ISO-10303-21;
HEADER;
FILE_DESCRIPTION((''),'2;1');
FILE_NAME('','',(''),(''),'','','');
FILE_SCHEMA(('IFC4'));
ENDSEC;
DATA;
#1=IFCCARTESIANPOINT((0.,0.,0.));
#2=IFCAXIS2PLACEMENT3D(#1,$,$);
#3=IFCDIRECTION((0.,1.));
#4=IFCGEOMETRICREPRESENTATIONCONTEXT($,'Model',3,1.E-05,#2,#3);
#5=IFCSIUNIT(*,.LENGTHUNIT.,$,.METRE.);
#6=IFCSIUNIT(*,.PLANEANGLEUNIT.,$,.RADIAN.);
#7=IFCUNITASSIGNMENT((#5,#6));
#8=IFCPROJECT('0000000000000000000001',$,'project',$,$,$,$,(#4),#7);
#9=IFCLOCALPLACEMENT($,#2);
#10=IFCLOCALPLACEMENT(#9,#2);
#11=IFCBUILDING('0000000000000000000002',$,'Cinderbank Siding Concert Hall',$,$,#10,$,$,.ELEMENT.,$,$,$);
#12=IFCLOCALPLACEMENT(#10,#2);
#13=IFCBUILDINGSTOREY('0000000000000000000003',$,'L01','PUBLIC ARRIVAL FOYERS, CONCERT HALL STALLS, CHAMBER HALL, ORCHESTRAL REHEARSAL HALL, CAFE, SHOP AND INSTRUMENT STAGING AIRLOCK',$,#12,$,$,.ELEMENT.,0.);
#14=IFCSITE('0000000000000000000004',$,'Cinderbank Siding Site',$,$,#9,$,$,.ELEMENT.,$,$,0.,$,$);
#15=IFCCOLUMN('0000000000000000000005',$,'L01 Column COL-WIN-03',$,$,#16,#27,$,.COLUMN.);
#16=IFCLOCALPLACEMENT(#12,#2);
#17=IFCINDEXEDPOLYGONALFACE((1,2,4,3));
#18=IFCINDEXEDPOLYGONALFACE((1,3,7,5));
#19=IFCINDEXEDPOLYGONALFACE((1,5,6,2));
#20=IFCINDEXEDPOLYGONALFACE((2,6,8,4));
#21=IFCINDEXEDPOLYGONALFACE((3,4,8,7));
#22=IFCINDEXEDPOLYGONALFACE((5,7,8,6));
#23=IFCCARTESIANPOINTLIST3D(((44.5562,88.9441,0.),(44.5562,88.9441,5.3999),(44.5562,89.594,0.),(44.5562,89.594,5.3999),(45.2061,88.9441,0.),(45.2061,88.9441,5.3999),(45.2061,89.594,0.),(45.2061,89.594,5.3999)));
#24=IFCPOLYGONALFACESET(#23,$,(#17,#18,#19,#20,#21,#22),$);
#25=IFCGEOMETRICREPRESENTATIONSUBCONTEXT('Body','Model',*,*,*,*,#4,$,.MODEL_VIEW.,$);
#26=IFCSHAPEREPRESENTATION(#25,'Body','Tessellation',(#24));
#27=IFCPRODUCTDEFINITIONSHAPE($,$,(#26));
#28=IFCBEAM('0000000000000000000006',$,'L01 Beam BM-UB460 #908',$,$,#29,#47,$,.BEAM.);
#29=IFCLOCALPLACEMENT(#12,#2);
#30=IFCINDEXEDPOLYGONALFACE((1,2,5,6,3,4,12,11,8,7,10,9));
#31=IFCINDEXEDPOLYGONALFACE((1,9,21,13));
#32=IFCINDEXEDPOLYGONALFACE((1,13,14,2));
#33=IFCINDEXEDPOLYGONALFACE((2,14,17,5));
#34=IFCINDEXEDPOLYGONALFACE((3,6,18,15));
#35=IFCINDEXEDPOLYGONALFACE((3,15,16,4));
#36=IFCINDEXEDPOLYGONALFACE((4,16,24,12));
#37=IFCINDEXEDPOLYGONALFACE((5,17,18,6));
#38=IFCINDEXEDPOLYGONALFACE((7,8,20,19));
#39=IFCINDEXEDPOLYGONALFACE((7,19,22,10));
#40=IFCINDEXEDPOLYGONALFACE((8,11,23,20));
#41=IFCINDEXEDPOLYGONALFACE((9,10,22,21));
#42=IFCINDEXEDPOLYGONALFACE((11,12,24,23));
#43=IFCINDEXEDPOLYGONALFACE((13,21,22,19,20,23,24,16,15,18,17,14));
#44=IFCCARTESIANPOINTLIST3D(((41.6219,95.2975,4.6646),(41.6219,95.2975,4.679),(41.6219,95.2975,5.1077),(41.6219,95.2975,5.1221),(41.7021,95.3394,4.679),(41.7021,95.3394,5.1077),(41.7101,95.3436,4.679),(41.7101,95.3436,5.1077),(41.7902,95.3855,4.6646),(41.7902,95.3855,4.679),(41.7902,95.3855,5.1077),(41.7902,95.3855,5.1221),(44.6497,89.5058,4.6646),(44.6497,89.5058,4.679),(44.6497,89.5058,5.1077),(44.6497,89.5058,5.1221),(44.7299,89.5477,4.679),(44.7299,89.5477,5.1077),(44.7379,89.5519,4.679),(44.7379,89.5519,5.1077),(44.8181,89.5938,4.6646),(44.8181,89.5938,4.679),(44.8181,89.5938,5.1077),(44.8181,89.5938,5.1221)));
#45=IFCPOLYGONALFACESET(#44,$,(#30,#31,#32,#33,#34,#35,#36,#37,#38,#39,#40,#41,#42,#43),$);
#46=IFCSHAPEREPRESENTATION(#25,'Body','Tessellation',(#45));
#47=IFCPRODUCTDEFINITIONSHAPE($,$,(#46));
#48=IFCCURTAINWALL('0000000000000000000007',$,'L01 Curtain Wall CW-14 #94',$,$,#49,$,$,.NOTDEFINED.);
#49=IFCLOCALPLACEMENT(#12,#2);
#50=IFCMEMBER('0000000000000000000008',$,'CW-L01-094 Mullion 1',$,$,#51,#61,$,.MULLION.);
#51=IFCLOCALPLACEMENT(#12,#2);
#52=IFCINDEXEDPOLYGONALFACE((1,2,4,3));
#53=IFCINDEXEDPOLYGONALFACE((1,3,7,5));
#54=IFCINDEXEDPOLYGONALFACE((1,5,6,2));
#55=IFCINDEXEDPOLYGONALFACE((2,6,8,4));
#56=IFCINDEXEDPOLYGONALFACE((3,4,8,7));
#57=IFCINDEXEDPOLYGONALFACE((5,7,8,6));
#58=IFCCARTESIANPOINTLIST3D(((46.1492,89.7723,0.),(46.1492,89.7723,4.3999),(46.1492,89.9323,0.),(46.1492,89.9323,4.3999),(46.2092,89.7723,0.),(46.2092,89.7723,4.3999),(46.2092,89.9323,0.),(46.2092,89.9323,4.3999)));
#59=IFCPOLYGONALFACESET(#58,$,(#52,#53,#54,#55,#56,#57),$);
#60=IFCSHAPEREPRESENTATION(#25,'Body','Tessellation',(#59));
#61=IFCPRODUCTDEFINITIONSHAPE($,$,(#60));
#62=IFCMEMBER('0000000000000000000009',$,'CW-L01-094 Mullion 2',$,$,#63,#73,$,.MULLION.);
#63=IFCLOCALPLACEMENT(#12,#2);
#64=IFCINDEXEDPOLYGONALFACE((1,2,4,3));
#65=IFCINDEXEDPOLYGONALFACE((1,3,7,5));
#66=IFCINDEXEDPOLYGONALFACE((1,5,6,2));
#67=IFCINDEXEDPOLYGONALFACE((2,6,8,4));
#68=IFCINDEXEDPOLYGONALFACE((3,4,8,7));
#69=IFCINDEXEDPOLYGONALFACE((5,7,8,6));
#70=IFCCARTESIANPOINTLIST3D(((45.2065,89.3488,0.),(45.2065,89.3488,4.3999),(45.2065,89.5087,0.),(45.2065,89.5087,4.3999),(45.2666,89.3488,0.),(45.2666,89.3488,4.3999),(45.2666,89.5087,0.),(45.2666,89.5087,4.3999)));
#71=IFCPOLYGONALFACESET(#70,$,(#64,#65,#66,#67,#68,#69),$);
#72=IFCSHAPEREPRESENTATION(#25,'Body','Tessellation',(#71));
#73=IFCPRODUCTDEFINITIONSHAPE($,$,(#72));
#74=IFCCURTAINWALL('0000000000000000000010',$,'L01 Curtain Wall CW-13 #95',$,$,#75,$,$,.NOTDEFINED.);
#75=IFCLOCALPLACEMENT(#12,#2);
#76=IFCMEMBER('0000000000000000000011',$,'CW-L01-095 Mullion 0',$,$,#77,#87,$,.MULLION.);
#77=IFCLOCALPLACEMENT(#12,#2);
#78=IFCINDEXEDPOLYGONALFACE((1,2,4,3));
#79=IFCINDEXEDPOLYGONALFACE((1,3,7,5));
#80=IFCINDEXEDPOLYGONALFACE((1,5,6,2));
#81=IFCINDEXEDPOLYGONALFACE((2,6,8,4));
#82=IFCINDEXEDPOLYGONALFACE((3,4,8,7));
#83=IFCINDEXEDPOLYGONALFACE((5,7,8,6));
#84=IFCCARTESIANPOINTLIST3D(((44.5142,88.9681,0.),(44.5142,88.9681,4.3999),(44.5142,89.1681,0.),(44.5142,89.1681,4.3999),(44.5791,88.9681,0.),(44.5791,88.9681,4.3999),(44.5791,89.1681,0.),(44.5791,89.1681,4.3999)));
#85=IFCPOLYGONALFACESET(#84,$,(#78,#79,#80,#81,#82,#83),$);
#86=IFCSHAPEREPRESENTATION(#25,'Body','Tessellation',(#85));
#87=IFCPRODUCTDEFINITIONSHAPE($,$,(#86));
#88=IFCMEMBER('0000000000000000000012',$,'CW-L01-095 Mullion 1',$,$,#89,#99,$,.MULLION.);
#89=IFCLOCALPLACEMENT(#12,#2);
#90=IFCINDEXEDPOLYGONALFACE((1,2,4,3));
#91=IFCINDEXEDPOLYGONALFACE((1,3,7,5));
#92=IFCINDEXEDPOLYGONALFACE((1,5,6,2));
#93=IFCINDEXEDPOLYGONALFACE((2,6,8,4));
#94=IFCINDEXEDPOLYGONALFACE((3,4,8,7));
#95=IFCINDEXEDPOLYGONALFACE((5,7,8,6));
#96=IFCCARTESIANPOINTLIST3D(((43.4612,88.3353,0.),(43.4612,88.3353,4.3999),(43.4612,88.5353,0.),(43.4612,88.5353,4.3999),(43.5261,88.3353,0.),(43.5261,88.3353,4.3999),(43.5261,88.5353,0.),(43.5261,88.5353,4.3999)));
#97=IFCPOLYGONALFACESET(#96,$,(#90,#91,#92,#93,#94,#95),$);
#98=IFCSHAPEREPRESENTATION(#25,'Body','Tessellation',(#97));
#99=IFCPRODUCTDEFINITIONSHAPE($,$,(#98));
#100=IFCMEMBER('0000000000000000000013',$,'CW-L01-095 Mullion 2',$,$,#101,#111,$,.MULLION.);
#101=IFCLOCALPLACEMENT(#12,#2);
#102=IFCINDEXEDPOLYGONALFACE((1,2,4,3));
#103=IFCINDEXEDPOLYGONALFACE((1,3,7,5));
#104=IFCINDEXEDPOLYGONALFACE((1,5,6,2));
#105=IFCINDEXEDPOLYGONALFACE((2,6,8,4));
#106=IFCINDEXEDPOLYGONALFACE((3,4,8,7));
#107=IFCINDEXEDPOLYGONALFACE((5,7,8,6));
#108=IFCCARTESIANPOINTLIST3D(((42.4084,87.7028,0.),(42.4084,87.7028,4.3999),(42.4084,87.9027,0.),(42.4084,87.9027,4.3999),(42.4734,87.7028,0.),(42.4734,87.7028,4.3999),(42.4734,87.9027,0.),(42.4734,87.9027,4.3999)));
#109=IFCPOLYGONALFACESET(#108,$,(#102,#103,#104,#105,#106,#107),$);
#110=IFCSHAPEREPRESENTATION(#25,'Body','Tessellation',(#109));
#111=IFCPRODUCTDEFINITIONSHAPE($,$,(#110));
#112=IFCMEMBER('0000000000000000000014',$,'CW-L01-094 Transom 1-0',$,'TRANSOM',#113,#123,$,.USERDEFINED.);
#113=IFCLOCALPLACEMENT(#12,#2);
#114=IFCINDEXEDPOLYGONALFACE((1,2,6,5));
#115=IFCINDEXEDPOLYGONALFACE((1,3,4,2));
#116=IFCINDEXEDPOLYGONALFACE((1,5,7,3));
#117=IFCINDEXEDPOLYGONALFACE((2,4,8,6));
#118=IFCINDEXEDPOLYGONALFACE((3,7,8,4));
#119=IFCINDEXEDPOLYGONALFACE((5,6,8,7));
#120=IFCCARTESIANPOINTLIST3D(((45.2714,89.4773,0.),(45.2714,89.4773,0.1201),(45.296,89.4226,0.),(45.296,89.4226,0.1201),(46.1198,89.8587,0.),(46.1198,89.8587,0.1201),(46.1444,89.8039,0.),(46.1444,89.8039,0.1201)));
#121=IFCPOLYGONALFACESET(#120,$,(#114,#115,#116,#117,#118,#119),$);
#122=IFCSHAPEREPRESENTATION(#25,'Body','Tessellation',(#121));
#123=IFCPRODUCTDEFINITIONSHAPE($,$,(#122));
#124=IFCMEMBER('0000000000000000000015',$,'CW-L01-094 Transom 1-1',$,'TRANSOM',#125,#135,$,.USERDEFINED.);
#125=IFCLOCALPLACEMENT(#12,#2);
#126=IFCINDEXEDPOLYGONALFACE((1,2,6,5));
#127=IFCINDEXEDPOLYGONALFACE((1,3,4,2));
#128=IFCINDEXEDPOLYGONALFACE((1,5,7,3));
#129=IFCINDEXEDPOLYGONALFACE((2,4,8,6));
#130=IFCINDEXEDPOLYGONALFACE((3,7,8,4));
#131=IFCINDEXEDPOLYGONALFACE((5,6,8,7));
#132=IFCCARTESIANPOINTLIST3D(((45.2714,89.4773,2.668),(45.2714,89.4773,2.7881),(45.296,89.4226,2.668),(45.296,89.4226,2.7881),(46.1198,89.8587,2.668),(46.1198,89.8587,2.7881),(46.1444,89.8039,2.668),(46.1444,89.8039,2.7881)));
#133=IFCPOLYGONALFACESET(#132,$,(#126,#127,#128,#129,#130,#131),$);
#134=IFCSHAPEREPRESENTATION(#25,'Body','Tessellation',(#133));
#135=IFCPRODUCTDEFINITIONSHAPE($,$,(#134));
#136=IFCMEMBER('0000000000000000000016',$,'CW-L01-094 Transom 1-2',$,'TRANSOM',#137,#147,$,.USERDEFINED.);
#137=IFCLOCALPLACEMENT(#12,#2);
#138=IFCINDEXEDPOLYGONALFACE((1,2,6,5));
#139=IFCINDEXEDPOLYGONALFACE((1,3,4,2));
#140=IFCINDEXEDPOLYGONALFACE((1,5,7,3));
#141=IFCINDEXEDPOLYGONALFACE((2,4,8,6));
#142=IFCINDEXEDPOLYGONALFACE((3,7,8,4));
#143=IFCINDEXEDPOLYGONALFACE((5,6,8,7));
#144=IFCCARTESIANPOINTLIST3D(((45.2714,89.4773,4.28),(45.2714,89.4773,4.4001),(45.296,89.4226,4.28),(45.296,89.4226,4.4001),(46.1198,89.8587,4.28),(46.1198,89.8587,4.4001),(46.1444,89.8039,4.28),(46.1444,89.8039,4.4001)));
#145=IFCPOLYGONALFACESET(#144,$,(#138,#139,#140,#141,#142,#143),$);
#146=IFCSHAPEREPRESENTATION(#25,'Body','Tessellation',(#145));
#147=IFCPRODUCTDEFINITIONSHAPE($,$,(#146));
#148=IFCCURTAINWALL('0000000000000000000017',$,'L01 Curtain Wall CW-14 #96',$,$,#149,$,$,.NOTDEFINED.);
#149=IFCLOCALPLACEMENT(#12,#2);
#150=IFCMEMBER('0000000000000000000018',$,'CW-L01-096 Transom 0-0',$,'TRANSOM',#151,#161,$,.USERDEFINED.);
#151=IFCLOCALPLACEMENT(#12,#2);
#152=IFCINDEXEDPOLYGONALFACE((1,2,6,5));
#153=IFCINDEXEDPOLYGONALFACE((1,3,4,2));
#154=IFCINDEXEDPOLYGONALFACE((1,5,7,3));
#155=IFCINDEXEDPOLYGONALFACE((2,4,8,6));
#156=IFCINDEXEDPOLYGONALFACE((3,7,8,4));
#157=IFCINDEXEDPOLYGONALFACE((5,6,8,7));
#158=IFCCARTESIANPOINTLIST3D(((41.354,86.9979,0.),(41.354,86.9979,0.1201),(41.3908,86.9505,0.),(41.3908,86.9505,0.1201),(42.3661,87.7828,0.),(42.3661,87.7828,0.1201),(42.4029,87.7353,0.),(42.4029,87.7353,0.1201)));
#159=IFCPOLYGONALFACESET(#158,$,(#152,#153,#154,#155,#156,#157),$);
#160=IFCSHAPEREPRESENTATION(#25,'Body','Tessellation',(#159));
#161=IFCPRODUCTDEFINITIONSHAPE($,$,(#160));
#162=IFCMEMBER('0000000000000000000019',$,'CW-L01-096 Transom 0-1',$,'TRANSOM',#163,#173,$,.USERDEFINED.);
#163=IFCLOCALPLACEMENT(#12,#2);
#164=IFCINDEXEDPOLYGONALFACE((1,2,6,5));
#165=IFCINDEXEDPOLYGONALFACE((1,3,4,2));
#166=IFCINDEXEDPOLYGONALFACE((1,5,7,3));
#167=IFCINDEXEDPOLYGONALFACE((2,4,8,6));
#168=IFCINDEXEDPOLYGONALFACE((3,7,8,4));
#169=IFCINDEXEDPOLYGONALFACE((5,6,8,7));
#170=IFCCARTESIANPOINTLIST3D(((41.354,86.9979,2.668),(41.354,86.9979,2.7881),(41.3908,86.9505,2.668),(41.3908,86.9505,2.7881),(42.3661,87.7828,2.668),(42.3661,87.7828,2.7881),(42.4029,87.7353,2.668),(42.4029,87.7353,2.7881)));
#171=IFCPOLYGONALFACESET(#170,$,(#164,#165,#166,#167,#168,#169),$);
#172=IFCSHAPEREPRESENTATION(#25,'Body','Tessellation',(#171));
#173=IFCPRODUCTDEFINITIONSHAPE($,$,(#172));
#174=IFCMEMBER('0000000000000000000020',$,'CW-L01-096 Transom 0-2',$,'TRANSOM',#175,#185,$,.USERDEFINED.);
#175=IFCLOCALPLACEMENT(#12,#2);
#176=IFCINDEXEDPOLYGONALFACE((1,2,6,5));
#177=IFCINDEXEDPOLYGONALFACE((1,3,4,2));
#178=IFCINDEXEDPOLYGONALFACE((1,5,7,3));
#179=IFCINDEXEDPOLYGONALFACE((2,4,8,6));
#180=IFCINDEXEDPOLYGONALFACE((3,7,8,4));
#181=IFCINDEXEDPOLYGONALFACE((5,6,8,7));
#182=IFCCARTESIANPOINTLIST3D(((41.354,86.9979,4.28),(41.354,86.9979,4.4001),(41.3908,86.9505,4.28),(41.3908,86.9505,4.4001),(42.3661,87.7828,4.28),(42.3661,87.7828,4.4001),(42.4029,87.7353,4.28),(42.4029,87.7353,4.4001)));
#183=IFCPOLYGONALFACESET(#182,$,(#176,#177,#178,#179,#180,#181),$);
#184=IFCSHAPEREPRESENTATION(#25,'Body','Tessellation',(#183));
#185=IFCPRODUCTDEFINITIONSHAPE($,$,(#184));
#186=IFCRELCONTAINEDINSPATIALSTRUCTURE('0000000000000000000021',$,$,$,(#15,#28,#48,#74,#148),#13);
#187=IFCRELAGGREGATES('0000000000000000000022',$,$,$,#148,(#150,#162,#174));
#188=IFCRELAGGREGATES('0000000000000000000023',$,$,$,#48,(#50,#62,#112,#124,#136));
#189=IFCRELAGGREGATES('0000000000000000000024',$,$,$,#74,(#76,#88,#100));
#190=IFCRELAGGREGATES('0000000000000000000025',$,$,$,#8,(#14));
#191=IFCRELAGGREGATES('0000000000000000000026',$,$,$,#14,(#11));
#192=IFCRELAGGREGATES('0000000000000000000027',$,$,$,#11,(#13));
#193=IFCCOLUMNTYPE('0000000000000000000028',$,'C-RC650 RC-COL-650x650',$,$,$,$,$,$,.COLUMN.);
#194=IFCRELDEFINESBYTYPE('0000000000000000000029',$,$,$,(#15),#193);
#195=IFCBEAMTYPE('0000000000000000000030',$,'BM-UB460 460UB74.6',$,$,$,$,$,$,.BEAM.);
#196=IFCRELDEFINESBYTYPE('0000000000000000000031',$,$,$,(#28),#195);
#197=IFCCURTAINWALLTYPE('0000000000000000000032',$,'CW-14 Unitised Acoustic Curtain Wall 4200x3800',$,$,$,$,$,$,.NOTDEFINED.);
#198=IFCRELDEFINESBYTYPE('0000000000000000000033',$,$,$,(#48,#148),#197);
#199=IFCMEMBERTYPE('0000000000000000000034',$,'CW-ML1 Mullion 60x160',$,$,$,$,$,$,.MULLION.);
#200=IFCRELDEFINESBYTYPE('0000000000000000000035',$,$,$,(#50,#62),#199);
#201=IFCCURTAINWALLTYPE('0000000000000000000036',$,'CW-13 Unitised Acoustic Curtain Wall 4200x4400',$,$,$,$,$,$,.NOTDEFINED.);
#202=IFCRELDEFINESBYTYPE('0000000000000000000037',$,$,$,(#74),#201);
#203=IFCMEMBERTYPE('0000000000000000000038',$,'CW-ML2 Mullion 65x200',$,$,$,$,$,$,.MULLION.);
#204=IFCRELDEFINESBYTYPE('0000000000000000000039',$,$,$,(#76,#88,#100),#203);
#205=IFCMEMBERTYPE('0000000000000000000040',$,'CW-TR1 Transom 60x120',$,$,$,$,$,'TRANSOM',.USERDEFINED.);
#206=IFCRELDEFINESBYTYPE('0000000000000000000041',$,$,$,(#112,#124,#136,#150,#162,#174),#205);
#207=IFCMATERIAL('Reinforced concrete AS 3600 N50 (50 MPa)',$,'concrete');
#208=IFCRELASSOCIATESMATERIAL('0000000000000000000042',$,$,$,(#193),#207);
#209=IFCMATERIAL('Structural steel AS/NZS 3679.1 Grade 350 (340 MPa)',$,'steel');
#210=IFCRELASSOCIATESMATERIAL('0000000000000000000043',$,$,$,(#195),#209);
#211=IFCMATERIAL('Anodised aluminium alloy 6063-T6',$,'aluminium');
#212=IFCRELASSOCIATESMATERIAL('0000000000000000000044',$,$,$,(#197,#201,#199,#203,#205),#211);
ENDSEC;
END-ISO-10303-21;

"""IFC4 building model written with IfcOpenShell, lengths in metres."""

from ifc_helpers import new_model, si_unit, direction, frame, origin, origin_2d, place, context, subcontext, project, spatial, rectangle, i_section, extrude, material, material_profile, profile_set, type_object, element, aggregate, save


model = new_model("IFC4")

# Units and contexts
model_context = context("Model", 3, precision=1e-05, world=origin(), true_north=direction((0.0, 1.0)))
body_context = subcontext(model_context, "Body", "Model", "MODEL_VIEW")
ifc_project = project(units=[si_unit("LENGTHUNIT", "METRE"), si_unit("PLANEANGLEUNIT", "RADIAN")], contexts=[model_context])

# Site, building, storey
site_placement = place(None, origin())
site = spatial("IfcSite", under=ifc_project, at=site_placement, Name="Cinderbank Siding Site", CompositionType="ELEMENT", RefElevation=0.0)
building_placement = place(site_placement, origin())
building = spatial("IfcBuilding", under=site, at=building_placement, Name="Cinderbank Siding Concert Hall", CompositionType="ELEMENT")
storey_placement = place(building_placement, origin())
storey = spatial("IfcBuildingStorey", under=building, at=storey_placement, Name="L01", Description="PUBLIC ARRIVAL FOYERS, CONCERT HALL STALLS, CHAMBER HALL, ORCHESTRAL REHEARSAL HALL, CAFE, SHOP AND INSTRUMENT STAGING AIRLOCK", CompositionType="ELEMENT", Elevation=0.0)

# Column
ifc_material_1 = material(Name="Reinforced concrete AS 3600 N50 (50 MPa)", Category="concrete")
ifc_material_profile_1 = material_profile(ifc_material_1, rectangle(XDim=0.6499, YDim=0.6499, at=origin_2d()), Name="RC-COL-650x650", Category="LoadBearing")
ifc_profile_set_1 = profile_set([ifc_material_profile_1], Name="Reinforced concrete AS 3600 N50 (50 MPa)")
column_type = type_object("IfcColumnType", Name="C-RC650 RC-COL-650x650", PredefinedType="COLUMN", material=ifc_profile_set_1)
column_placement = place(storey_placement, frame((44.8811, 89.269, 0.0), z_axis=(0.0, 0.0, 1.0), x_axis=(1.0, 0.0, 0.0)))
element("IfcColumn", 1, at=column_placement, inside=storey, type_object=column_type, Name="L01 Column COL-WIN-03", PredefinedType="COLUMN", context=body_context, shape_type="SweptSolid", body=[
    extrude(rectangle(XDim=0.6499, YDim=0.6499, at=origin_2d()), origin(), (0.0, 0.0, 1.0), 5.3999),
])

# Beam
ifc_material_2 = material(Name="Structural steel AS/NZS 3679.1 Grade 350 (340 MPa)", Category="steel")
ifc_material_profile_2 = material_profile(ifc_material_2, i_section(OverallWidth=0.1899, OverallDepth=0.4575, WebThickness=0.009, FlangeThickness=0.0144, at=origin_2d()), Name="460UB74.6", Category="LoadBearing")
ifc_profile_set_2 = profile_set([ifc_material_profile_2], Name="Structural steel AS/NZS 3679.1 Grade 350 (340 MPa)")
beam_type = type_object("IfcBeamType", Name="BM-UB460 460UB74.6", PredefinedType="BEAM", material=ifc_profile_set_2)
beam_placement = place(storey_placement, frame((44.7339, 89.5498, 4.8933), z_axis=(-0.463294, 0.886205, 0.0), x_axis=(-0.886205, -0.463294, 0.0)))
element("IfcBeam", 2, at=beam_placement, inside=storey, type_object=beam_type, Name="L01 Beam BM-UB460 #908", PredefinedType="BEAM", context=body_context, shape_type="SweptSolid", body=[
    extrude(i_section(OverallWidth=0.1899, OverallDepth=0.4575, WebThickness=0.009, FlangeThickness=0.0144, at=origin_2d()), origin(), (0.0, 0.0, 1.0), 6.5354),
])

# Curtain walls, members
ifc_material_3 = material(Name="Anodised aluminium alloy 6063-T6", Category="aluminium")
curtain_wall_type_1 = type_object("IfcCurtainWallType", Name="CW-14 Unitised Acoustic Curtain Wall 4200x3800", PredefinedType="NOTDEFINED", material=ifc_material_3)
curtain_wall_1_placement = place(storey_placement, origin())
curtain_wall_1 = element("IfcCurtainWall", 3, at=curtain_wall_1_placement, inside=storey, type_object=curtain_wall_type_1, Name="L01 Curtain Wall CW-14 #94", PredefinedType="NOTDEFINED")
ifc_material_profile_3 = material_profile(ifc_material_3, rectangle(XDim=0.0601, YDim=0.1599, at=origin_2d()), Name="ALU-MULL-60x160", Category="LoadBearing")
ifc_profile_set_3 = profile_set([ifc_material_profile_3], Name="Anodised aluminium alloy 6063-T6")
member_type_1 = type_object("IfcMemberType", Name="CW-ML1 Mullion 60x160", PredefinedType="MULLION", material=ifc_profile_set_3)
member_1_placement = place(storey_placement, frame((46.1792, 89.8523, 0.0), z_axis=(0.0, 0.0, 1.0), x_axis=(1.0, 0.0, 0.0)))
member_1 = element("IfcMember", 4, at=member_1_placement, type_object=member_type_1, Name="CW-L01-094 Mullion 1", PredefinedType="MULLION", context=body_context, shape_type="SweptSolid", body=[
    extrude(rectangle(XDim=0.0601, YDim=0.1599, at=origin_2d()), origin(), (0.0, 0.0, 1.0), 4.3999),
])
member_2_placement = place(storey_placement, frame((45.2366, 89.4287, 0.0), z_axis=(0.0, 0.0, 1.0), x_axis=(1.0, 0.0, 0.0)))
member_2 = element("IfcMember", 5, at=member_2_placement, type_object=member_type_1, Name="CW-L01-094 Mullion 2", PredefinedType="MULLION", context=body_context, shape_type="SweptSolid", body=[
    extrude(rectangle(XDim=0.0601, YDim=0.1599, at=origin_2d()), origin(), (0.0, 0.0, 1.0), 4.3999),
])
curtain_wall_type_2 = type_object("IfcCurtainWallType", Name="CW-13 Unitised Acoustic Curtain Wall 4200x4400", PredefinedType="NOTDEFINED", material=ifc_material_3)
curtain_wall_2_placement = place(storey_placement, origin())
curtain_wall_2 = element("IfcCurtainWall", 6, at=curtain_wall_2_placement, inside=storey, type_object=curtain_wall_type_2, Name="L01 Curtain Wall CW-13 #95", PredefinedType="NOTDEFINED")
ifc_material_profile_4 = material_profile(ifc_material_3, rectangle(XDim=0.0649, YDim=0.2, at=origin_2d()), Name="ALU-MULL-65x200", Category="LoadBearing")
ifc_profile_set_4 = profile_set([ifc_material_profile_4], Name="Anodised aluminium alloy 6063-T6")
member_type_2 = type_object("IfcMemberType", Name="CW-ML2 Mullion 65x200", PredefinedType="MULLION", material=ifc_profile_set_4)
member_3_placement = place(storey_placement, frame((44.5466, 89.0681, 0.0), z_axis=(0.0, 0.0, 1.0), x_axis=(1.0, 0.0, 0.0)))
member_3 = element("IfcMember", 7, at=member_3_placement, type_object=member_type_2, Name="CW-L01-095 Mullion 0", PredefinedType="MULLION", context=body_context, shape_type="SweptSolid", body=[
    extrude(rectangle(XDim=0.0649, YDim=0.2, at=origin_2d()), origin(), (0.0, 0.0, 1.0), 4.3999),
])
member_4_placement = place(storey_placement, frame((43.4937, 88.4353, 0.0), z_axis=(0.0, 0.0, 1.0), x_axis=(1.0, 0.0, 0.0)))
member_4 = element("IfcMember", 8, at=member_4_placement, type_object=member_type_2, Name="CW-L01-095 Mullion 1", PredefinedType="MULLION", context=body_context, shape_type="SweptSolid", body=[
    extrude(rectangle(XDim=0.0649, YDim=0.2, at=origin_2d()), origin(), (0.0, 0.0, 1.0), 4.3999),
])
member_5_placement = place(storey_placement, frame((42.4409, 87.8027, 0.0), z_axis=(0.0, 0.0, 1.0), x_axis=(1.0, 0.0, 0.0)))
member_5 = element("IfcMember", 9, at=member_5_placement, type_object=member_type_2, Name="CW-L01-095 Mullion 2", PredefinedType="MULLION", context=body_context, shape_type="SweptSolid", body=[
    extrude(rectangle(XDim=0.0649, YDim=0.2, at=origin_2d()), origin(), (0.0, 0.0, 1.0), 4.3999),
])

# Members
ifc_material_profile_5 = material_profile(ifc_material_3, rectangle(XDim=0.0601, YDim=0.1201, at=origin_2d()), Name="ALU-TRAN-60x120", Category="LoadBearing")
ifc_profile_set_5 = profile_set([ifc_material_profile_5], Name="Anodised aluminium alloy 6063-T6")
member_type_3 = type_object("IfcMemberType", Name="CW-TR1 Transom 60x120", ElementType="TRANSOM", PredefinedType="USERDEFINED", material=ifc_profile_set_5)
member_6_placement = place(storey_placement, frame((46.1321, 89.8313, 0.0601), z_axis=(-0.912093, -0.409983, 0.0), x_axis=(0.409983, -0.912093, 0.0)))
member_6 = element("IfcMember", 10, at=member_6_placement, type_object=member_type_3, Name="CW-L01-094 Transom 1-0", ObjectType="TRANSOM", PredefinedType="USERDEFINED", context=body_context, shape_type="SweptSolid", body=[
    extrude(rectangle(XDim=0.0601, YDim=0.1201, at=origin_2d()), origin(), (0.0, 0.0, 1.0), 0.9302),
])
member_7_placement = place(storey_placement, frame((46.1321, 89.8313, 2.728), z_axis=(-0.912093, -0.409983, 0.0), x_axis=(0.409983, -0.912093, 0.0)))
member_7 = element("IfcMember", 11, at=member_7_placement, type_object=member_type_3, Name="CW-L01-094 Transom 1-1", ObjectType="TRANSOM", PredefinedType="USERDEFINED", context=body_context, shape_type="SweptSolid", body=[
    extrude(rectangle(XDim=0.0601, YDim=0.1201, at=origin_2d()), origin(), (0.0, 0.0, 1.0), 0.9302),
])
member_8_placement = place(storey_placement, frame((46.1321, 89.8313, 4.3401), z_axis=(-0.912093, -0.409983, 0.0), x_axis=(0.409983, -0.912093, 0.0)))
member_8 = element("IfcMember", 12, at=member_8_placement, type_object=member_type_3, Name="CW-L01-094 Transom 1-2", ObjectType="TRANSOM", PredefinedType="USERDEFINED", context=body_context, shape_type="SweptSolid", body=[
    extrude(rectangle(XDim=0.0601, YDim=0.1201, at=origin_2d()), origin(), (0.0, 0.0, 1.0), 0.9302),
])

# Curtain wall, members
curtain_wall_3_placement = place(storey_placement, origin())
curtain_wall_3 = element("IfcCurtainWall", 13, at=curtain_wall_3_placement, inside=storey, type_object=curtain_wall_type_1, Name="L01 Curtain Wall CW-14 #96", PredefinedType="NOTDEFINED")
member_9_placement = place(storey_placement, frame((42.3845, 87.759, 0.0601), z_axis=(-0.790244, -0.612792, 0.0), x_axis=(0.612792, -0.790244, 0.0)))
member_9 = element("IfcMember", 14, at=member_9_placement, type_object=member_type_3, Name="CW-L01-096 Transom 0-0", ObjectType="TRANSOM", PredefinedType="USERDEFINED", context=body_context, shape_type="SweptSolid", body=[
    extrude(rectangle(XDim=0.0601, YDim=0.1201, at=origin_2d()), origin(), (0.0, 0.0, 1.0), 1.2808),
])
member_10_placement = place(storey_placement, frame((42.3845, 87.759, 2.728), z_axis=(-0.790244, -0.612792, 0.0), x_axis=(0.612792, -0.790244, 0.0)))
member_10 = element("IfcMember", 15, at=member_10_placement, type_object=member_type_3, Name="CW-L01-096 Transom 0-1", ObjectType="TRANSOM", PredefinedType="USERDEFINED", context=body_context, shape_type="SweptSolid", body=[
    extrude(rectangle(XDim=0.0601, YDim=0.1201, at=origin_2d()), origin(), (0.0, 0.0, 1.0), 1.2808),
])
member_11_placement = place(storey_placement, frame((42.3845, 87.759, 4.3401), z_axis=(-0.790244, -0.612792, 0.0), x_axis=(0.612792, -0.790244, 0.0)))
member_11 = element("IfcMember", 16, at=member_11_placement, type_object=member_type_3, Name="CW-L01-096 Transom 0-2", ObjectType="TRANSOM", PredefinedType="USERDEFINED", context=body_context, shape_type="SweptSolid", body=[
    extrude(rectangle(XDim=0.0601, YDim=0.1201, at=origin_2d()), origin(), (0.0, 0.0, 1.0), 1.2808),
])
aggregate(curtain_wall_3, [member_9, member_10, member_11])

aggregate(curtain_wall_1, [member_1, member_2, member_6, member_7, member_8])
aggregate(curtain_wall_2, [member_3, member_4, member_5])

save(model, "model.ifc")
